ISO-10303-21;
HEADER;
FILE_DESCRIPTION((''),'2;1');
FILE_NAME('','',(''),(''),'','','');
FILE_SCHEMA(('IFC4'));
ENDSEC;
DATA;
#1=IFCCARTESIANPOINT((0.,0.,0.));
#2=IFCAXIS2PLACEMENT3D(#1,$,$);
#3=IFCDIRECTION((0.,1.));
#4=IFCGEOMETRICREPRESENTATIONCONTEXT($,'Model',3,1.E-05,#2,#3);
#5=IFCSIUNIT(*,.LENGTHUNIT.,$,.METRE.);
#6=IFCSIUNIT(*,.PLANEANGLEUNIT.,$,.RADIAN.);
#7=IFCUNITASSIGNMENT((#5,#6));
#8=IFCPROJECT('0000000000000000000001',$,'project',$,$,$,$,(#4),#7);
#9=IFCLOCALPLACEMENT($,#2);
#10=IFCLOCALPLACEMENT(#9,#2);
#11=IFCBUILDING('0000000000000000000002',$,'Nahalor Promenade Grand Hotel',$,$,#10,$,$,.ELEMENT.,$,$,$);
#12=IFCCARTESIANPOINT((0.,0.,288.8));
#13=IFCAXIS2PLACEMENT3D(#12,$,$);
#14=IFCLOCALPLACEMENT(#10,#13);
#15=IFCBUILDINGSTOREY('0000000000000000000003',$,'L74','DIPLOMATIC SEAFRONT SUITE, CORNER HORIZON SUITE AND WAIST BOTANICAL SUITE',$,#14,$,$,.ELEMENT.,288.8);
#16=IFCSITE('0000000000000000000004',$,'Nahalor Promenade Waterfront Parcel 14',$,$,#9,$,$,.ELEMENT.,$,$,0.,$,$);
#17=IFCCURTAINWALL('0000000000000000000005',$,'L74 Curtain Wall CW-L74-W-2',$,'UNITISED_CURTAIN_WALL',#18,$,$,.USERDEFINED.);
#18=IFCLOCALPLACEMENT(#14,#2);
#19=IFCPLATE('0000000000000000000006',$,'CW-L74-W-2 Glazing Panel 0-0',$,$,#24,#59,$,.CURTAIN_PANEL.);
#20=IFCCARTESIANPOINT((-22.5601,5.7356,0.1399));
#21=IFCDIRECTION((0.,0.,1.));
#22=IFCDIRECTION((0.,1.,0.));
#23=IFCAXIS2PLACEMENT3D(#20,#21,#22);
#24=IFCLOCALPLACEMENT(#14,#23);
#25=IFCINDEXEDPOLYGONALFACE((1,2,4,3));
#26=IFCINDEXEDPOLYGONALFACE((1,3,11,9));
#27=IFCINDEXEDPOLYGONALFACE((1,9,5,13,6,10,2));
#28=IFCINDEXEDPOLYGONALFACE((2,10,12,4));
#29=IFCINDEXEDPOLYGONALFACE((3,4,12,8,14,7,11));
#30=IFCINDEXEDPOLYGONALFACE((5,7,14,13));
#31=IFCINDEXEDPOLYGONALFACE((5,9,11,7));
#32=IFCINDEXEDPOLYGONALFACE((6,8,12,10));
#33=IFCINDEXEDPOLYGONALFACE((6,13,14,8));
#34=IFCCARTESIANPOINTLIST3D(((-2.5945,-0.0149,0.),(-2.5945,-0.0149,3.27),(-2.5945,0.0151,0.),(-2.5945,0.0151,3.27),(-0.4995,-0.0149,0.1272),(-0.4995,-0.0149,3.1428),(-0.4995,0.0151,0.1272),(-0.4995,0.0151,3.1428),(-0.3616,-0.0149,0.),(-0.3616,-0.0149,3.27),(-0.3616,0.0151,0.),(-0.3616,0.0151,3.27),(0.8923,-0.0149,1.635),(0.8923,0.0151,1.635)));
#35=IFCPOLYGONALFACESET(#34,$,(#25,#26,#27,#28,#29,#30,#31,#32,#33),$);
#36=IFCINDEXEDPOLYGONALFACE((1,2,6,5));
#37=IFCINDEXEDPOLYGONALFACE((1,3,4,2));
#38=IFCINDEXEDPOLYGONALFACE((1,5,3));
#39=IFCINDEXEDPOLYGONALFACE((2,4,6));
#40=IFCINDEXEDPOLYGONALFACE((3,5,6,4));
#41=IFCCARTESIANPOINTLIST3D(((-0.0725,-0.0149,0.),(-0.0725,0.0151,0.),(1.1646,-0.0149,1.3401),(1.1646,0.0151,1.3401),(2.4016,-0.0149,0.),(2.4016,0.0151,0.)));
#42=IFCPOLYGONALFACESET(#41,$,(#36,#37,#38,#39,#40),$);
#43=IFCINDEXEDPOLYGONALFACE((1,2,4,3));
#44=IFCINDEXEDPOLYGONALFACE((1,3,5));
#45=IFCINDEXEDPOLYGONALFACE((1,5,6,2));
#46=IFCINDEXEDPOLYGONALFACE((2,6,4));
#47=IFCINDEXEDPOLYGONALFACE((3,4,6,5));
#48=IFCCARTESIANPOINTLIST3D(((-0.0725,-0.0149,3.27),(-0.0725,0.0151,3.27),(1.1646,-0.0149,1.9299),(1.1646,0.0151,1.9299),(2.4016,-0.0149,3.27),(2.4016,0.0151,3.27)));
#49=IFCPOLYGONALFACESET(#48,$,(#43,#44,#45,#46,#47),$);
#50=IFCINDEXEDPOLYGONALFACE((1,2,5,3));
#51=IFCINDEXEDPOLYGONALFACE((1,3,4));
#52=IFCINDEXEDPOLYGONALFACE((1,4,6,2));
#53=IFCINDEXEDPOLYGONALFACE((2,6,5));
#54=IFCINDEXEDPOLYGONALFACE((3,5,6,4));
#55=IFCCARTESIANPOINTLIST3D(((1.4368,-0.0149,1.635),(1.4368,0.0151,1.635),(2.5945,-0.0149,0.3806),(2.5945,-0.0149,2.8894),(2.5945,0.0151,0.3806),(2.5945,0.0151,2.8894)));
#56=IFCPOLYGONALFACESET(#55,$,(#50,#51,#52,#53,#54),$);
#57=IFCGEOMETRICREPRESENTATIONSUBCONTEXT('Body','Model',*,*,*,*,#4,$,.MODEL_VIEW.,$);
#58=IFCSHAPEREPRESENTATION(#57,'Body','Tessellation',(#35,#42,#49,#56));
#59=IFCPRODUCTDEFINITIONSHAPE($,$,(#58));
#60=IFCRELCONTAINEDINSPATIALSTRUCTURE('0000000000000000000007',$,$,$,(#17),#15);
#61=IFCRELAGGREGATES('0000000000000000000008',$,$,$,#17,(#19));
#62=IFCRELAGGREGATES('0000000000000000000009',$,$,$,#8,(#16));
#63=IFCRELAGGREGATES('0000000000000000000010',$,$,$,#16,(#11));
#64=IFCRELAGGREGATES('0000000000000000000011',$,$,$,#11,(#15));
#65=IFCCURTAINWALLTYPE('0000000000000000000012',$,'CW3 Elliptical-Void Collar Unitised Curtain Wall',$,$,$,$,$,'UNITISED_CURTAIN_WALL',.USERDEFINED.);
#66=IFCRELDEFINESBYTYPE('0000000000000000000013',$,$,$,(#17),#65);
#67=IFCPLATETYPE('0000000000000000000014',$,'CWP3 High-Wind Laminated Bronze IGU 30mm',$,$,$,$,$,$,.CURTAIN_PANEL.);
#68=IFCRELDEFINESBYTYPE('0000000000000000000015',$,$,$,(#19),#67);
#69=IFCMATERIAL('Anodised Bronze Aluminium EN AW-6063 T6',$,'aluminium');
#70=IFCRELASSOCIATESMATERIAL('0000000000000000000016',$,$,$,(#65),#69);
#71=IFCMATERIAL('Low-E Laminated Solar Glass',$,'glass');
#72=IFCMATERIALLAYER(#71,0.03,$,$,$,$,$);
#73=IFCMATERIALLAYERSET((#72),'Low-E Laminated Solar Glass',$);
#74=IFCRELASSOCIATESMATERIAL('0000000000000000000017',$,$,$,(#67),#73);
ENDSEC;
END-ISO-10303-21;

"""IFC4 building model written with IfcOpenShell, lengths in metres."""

from ifc_helpers import new_model, si_unit, direction, frame, origin, place, context, subcontext, project, spatial, polyline, outline, extrude, material, layer, layer_set, type_object, element, aggregate, save


model = new_model("IFC4")

# Units and contexts
model_context = context("Model", 3, precision=1e-05, world=origin(), true_north=direction((0.0, 1.0)))
body_context = subcontext(model_context, "Body", "Model", "MODEL_VIEW")
ifc_project = project(units=[si_unit("LENGTHUNIT", "METRE"), si_unit("PLANEANGLEUNIT", "RADIAN")], contexts=[model_context])

# Site, building, storey
site_placement = place(None, origin())
site = spatial("IfcSite", under=ifc_project, at=site_placement, Name="Nahalor Promenade Waterfront Parcel 14", CompositionType="ELEMENT", RefElevation=0.0)
building_placement = place(site_placement, origin())
building = spatial("IfcBuilding", under=site, at=building_placement, Name="Nahalor Promenade Grand Hotel", CompositionType="ELEMENT")
storey_placement = place(building_placement, frame((0.0, 0.0, 288.8)))
storey = spatial("IfcBuildingStorey", under=building, at=storey_placement, Name="L74", Description="DIPLOMATIC SEAFRONT SUITE, CORNER HORIZON SUITE AND WAIST BOTANICAL SUITE", CompositionType="ELEMENT", Elevation=288.8)

# Curtain wall
ifc_material_1 = material(Name="Anodised Bronze Aluminium EN AW-6063 T6", Category="aluminium")
curtain_wall_type = type_object("IfcCurtainWallType", Name="CW3 Elliptical-Void Collar Unitised Curtain Wall", ElementType="UNITISED_CURTAIN_WALL", PredefinedType="USERDEFINED", material=ifc_material_1)
curtain_wall_1_placement = place(storey_placement, origin())
curtain_wall_1 = element("IfcCurtainWall", 1, at=curtain_wall_1_placement, inside=storey, type_object=curtain_wall_type, Name="L74 Curtain Wall CW-L74-W-2", ObjectType="UNITISED_CURTAIN_WALL", PredefinedType="USERDEFINED")

# Plate
ifc_material_2 = material(Name="Low-E Laminated Solar Glass", Category="glass")
ifc_layer_1 = layer(ifc_material_2, 0.03)
ifc_layer_set_1 = layer_set([ifc_layer_1], Name="Low-E Laminated Solar Glass")
plate_type_1 = type_object("IfcPlateType", Name="CWP3 High-Wind Laminated Bronze IGU 30mm", PredefinedType="CURTAIN_PANEL", material=ifc_layer_set_1)
plate_1_placement = place(storey_placement, frame((-22.5601, 5.7356, 0.1399), z_axis=(0.0, 0.0, 1.0), x_axis=(0.0, 1.0, 0.0)))
plate_1 = element("IfcPlate", 2, at=plate_1_placement, type_object=plate_type_1, Name="CW-L74-W-2 Glazing Panel 0-0", PredefinedType="CURTAIN_PANEL", context=body_context, shape_type="SweptSolid", body=[
    extrude(outline(polyline([(-2.5945, 3.27), (-2.5945, 0.0), (-0.3616, 0.0), (-0.4995, 0.1272), (0.8923, 1.635), (-0.4995, 3.1428), (-0.3616, 3.27), (-2.5945, 3.27)])), frame((0.0, 0.0151, 0.0), z_axis=(0.0, -1.0, 0.0), x_axis=(1.0, 0.0, 0.0)), (0.0, 0.0, 1.0), 0.03),
    extrude(outline(polyline([(1.1646, 1.3401), (-0.0725, 0.0), (2.4016, 0.0), (1.1646, 1.3401)])), frame((0.0, 0.0151, 0.0), z_axis=(0.0, -1.0, 0.0), x_axis=(1.0, 0.0, 0.0)), (0.0, 0.0, 1.0), 0.03),
    extrude(outline(polyline([(1.1646, 1.9299), (2.4016, 3.27), (-0.0725, 3.27), (1.1646, 1.9299)])), frame((0.0, 0.0151, 0.0), z_axis=(0.0, -1.0, 0.0), x_axis=(1.0, 0.0, 0.0)), (0.0, 0.0, 1.0), 0.03),
    extrude(outline(polyline([(1.4368, 1.635), (2.5945, 0.3806), (2.5945, 2.8894), (1.4368, 1.635)])), frame((0.0, 0.0151, 0.0), z_axis=(0.0, -1.0, 0.0), x_axis=(1.0, 0.0, 0.0)), (0.0, 0.0, 1.0), 0.03),
])
aggregate(curtain_wall_1, [plate_1])

save(model, "model.ifc")
